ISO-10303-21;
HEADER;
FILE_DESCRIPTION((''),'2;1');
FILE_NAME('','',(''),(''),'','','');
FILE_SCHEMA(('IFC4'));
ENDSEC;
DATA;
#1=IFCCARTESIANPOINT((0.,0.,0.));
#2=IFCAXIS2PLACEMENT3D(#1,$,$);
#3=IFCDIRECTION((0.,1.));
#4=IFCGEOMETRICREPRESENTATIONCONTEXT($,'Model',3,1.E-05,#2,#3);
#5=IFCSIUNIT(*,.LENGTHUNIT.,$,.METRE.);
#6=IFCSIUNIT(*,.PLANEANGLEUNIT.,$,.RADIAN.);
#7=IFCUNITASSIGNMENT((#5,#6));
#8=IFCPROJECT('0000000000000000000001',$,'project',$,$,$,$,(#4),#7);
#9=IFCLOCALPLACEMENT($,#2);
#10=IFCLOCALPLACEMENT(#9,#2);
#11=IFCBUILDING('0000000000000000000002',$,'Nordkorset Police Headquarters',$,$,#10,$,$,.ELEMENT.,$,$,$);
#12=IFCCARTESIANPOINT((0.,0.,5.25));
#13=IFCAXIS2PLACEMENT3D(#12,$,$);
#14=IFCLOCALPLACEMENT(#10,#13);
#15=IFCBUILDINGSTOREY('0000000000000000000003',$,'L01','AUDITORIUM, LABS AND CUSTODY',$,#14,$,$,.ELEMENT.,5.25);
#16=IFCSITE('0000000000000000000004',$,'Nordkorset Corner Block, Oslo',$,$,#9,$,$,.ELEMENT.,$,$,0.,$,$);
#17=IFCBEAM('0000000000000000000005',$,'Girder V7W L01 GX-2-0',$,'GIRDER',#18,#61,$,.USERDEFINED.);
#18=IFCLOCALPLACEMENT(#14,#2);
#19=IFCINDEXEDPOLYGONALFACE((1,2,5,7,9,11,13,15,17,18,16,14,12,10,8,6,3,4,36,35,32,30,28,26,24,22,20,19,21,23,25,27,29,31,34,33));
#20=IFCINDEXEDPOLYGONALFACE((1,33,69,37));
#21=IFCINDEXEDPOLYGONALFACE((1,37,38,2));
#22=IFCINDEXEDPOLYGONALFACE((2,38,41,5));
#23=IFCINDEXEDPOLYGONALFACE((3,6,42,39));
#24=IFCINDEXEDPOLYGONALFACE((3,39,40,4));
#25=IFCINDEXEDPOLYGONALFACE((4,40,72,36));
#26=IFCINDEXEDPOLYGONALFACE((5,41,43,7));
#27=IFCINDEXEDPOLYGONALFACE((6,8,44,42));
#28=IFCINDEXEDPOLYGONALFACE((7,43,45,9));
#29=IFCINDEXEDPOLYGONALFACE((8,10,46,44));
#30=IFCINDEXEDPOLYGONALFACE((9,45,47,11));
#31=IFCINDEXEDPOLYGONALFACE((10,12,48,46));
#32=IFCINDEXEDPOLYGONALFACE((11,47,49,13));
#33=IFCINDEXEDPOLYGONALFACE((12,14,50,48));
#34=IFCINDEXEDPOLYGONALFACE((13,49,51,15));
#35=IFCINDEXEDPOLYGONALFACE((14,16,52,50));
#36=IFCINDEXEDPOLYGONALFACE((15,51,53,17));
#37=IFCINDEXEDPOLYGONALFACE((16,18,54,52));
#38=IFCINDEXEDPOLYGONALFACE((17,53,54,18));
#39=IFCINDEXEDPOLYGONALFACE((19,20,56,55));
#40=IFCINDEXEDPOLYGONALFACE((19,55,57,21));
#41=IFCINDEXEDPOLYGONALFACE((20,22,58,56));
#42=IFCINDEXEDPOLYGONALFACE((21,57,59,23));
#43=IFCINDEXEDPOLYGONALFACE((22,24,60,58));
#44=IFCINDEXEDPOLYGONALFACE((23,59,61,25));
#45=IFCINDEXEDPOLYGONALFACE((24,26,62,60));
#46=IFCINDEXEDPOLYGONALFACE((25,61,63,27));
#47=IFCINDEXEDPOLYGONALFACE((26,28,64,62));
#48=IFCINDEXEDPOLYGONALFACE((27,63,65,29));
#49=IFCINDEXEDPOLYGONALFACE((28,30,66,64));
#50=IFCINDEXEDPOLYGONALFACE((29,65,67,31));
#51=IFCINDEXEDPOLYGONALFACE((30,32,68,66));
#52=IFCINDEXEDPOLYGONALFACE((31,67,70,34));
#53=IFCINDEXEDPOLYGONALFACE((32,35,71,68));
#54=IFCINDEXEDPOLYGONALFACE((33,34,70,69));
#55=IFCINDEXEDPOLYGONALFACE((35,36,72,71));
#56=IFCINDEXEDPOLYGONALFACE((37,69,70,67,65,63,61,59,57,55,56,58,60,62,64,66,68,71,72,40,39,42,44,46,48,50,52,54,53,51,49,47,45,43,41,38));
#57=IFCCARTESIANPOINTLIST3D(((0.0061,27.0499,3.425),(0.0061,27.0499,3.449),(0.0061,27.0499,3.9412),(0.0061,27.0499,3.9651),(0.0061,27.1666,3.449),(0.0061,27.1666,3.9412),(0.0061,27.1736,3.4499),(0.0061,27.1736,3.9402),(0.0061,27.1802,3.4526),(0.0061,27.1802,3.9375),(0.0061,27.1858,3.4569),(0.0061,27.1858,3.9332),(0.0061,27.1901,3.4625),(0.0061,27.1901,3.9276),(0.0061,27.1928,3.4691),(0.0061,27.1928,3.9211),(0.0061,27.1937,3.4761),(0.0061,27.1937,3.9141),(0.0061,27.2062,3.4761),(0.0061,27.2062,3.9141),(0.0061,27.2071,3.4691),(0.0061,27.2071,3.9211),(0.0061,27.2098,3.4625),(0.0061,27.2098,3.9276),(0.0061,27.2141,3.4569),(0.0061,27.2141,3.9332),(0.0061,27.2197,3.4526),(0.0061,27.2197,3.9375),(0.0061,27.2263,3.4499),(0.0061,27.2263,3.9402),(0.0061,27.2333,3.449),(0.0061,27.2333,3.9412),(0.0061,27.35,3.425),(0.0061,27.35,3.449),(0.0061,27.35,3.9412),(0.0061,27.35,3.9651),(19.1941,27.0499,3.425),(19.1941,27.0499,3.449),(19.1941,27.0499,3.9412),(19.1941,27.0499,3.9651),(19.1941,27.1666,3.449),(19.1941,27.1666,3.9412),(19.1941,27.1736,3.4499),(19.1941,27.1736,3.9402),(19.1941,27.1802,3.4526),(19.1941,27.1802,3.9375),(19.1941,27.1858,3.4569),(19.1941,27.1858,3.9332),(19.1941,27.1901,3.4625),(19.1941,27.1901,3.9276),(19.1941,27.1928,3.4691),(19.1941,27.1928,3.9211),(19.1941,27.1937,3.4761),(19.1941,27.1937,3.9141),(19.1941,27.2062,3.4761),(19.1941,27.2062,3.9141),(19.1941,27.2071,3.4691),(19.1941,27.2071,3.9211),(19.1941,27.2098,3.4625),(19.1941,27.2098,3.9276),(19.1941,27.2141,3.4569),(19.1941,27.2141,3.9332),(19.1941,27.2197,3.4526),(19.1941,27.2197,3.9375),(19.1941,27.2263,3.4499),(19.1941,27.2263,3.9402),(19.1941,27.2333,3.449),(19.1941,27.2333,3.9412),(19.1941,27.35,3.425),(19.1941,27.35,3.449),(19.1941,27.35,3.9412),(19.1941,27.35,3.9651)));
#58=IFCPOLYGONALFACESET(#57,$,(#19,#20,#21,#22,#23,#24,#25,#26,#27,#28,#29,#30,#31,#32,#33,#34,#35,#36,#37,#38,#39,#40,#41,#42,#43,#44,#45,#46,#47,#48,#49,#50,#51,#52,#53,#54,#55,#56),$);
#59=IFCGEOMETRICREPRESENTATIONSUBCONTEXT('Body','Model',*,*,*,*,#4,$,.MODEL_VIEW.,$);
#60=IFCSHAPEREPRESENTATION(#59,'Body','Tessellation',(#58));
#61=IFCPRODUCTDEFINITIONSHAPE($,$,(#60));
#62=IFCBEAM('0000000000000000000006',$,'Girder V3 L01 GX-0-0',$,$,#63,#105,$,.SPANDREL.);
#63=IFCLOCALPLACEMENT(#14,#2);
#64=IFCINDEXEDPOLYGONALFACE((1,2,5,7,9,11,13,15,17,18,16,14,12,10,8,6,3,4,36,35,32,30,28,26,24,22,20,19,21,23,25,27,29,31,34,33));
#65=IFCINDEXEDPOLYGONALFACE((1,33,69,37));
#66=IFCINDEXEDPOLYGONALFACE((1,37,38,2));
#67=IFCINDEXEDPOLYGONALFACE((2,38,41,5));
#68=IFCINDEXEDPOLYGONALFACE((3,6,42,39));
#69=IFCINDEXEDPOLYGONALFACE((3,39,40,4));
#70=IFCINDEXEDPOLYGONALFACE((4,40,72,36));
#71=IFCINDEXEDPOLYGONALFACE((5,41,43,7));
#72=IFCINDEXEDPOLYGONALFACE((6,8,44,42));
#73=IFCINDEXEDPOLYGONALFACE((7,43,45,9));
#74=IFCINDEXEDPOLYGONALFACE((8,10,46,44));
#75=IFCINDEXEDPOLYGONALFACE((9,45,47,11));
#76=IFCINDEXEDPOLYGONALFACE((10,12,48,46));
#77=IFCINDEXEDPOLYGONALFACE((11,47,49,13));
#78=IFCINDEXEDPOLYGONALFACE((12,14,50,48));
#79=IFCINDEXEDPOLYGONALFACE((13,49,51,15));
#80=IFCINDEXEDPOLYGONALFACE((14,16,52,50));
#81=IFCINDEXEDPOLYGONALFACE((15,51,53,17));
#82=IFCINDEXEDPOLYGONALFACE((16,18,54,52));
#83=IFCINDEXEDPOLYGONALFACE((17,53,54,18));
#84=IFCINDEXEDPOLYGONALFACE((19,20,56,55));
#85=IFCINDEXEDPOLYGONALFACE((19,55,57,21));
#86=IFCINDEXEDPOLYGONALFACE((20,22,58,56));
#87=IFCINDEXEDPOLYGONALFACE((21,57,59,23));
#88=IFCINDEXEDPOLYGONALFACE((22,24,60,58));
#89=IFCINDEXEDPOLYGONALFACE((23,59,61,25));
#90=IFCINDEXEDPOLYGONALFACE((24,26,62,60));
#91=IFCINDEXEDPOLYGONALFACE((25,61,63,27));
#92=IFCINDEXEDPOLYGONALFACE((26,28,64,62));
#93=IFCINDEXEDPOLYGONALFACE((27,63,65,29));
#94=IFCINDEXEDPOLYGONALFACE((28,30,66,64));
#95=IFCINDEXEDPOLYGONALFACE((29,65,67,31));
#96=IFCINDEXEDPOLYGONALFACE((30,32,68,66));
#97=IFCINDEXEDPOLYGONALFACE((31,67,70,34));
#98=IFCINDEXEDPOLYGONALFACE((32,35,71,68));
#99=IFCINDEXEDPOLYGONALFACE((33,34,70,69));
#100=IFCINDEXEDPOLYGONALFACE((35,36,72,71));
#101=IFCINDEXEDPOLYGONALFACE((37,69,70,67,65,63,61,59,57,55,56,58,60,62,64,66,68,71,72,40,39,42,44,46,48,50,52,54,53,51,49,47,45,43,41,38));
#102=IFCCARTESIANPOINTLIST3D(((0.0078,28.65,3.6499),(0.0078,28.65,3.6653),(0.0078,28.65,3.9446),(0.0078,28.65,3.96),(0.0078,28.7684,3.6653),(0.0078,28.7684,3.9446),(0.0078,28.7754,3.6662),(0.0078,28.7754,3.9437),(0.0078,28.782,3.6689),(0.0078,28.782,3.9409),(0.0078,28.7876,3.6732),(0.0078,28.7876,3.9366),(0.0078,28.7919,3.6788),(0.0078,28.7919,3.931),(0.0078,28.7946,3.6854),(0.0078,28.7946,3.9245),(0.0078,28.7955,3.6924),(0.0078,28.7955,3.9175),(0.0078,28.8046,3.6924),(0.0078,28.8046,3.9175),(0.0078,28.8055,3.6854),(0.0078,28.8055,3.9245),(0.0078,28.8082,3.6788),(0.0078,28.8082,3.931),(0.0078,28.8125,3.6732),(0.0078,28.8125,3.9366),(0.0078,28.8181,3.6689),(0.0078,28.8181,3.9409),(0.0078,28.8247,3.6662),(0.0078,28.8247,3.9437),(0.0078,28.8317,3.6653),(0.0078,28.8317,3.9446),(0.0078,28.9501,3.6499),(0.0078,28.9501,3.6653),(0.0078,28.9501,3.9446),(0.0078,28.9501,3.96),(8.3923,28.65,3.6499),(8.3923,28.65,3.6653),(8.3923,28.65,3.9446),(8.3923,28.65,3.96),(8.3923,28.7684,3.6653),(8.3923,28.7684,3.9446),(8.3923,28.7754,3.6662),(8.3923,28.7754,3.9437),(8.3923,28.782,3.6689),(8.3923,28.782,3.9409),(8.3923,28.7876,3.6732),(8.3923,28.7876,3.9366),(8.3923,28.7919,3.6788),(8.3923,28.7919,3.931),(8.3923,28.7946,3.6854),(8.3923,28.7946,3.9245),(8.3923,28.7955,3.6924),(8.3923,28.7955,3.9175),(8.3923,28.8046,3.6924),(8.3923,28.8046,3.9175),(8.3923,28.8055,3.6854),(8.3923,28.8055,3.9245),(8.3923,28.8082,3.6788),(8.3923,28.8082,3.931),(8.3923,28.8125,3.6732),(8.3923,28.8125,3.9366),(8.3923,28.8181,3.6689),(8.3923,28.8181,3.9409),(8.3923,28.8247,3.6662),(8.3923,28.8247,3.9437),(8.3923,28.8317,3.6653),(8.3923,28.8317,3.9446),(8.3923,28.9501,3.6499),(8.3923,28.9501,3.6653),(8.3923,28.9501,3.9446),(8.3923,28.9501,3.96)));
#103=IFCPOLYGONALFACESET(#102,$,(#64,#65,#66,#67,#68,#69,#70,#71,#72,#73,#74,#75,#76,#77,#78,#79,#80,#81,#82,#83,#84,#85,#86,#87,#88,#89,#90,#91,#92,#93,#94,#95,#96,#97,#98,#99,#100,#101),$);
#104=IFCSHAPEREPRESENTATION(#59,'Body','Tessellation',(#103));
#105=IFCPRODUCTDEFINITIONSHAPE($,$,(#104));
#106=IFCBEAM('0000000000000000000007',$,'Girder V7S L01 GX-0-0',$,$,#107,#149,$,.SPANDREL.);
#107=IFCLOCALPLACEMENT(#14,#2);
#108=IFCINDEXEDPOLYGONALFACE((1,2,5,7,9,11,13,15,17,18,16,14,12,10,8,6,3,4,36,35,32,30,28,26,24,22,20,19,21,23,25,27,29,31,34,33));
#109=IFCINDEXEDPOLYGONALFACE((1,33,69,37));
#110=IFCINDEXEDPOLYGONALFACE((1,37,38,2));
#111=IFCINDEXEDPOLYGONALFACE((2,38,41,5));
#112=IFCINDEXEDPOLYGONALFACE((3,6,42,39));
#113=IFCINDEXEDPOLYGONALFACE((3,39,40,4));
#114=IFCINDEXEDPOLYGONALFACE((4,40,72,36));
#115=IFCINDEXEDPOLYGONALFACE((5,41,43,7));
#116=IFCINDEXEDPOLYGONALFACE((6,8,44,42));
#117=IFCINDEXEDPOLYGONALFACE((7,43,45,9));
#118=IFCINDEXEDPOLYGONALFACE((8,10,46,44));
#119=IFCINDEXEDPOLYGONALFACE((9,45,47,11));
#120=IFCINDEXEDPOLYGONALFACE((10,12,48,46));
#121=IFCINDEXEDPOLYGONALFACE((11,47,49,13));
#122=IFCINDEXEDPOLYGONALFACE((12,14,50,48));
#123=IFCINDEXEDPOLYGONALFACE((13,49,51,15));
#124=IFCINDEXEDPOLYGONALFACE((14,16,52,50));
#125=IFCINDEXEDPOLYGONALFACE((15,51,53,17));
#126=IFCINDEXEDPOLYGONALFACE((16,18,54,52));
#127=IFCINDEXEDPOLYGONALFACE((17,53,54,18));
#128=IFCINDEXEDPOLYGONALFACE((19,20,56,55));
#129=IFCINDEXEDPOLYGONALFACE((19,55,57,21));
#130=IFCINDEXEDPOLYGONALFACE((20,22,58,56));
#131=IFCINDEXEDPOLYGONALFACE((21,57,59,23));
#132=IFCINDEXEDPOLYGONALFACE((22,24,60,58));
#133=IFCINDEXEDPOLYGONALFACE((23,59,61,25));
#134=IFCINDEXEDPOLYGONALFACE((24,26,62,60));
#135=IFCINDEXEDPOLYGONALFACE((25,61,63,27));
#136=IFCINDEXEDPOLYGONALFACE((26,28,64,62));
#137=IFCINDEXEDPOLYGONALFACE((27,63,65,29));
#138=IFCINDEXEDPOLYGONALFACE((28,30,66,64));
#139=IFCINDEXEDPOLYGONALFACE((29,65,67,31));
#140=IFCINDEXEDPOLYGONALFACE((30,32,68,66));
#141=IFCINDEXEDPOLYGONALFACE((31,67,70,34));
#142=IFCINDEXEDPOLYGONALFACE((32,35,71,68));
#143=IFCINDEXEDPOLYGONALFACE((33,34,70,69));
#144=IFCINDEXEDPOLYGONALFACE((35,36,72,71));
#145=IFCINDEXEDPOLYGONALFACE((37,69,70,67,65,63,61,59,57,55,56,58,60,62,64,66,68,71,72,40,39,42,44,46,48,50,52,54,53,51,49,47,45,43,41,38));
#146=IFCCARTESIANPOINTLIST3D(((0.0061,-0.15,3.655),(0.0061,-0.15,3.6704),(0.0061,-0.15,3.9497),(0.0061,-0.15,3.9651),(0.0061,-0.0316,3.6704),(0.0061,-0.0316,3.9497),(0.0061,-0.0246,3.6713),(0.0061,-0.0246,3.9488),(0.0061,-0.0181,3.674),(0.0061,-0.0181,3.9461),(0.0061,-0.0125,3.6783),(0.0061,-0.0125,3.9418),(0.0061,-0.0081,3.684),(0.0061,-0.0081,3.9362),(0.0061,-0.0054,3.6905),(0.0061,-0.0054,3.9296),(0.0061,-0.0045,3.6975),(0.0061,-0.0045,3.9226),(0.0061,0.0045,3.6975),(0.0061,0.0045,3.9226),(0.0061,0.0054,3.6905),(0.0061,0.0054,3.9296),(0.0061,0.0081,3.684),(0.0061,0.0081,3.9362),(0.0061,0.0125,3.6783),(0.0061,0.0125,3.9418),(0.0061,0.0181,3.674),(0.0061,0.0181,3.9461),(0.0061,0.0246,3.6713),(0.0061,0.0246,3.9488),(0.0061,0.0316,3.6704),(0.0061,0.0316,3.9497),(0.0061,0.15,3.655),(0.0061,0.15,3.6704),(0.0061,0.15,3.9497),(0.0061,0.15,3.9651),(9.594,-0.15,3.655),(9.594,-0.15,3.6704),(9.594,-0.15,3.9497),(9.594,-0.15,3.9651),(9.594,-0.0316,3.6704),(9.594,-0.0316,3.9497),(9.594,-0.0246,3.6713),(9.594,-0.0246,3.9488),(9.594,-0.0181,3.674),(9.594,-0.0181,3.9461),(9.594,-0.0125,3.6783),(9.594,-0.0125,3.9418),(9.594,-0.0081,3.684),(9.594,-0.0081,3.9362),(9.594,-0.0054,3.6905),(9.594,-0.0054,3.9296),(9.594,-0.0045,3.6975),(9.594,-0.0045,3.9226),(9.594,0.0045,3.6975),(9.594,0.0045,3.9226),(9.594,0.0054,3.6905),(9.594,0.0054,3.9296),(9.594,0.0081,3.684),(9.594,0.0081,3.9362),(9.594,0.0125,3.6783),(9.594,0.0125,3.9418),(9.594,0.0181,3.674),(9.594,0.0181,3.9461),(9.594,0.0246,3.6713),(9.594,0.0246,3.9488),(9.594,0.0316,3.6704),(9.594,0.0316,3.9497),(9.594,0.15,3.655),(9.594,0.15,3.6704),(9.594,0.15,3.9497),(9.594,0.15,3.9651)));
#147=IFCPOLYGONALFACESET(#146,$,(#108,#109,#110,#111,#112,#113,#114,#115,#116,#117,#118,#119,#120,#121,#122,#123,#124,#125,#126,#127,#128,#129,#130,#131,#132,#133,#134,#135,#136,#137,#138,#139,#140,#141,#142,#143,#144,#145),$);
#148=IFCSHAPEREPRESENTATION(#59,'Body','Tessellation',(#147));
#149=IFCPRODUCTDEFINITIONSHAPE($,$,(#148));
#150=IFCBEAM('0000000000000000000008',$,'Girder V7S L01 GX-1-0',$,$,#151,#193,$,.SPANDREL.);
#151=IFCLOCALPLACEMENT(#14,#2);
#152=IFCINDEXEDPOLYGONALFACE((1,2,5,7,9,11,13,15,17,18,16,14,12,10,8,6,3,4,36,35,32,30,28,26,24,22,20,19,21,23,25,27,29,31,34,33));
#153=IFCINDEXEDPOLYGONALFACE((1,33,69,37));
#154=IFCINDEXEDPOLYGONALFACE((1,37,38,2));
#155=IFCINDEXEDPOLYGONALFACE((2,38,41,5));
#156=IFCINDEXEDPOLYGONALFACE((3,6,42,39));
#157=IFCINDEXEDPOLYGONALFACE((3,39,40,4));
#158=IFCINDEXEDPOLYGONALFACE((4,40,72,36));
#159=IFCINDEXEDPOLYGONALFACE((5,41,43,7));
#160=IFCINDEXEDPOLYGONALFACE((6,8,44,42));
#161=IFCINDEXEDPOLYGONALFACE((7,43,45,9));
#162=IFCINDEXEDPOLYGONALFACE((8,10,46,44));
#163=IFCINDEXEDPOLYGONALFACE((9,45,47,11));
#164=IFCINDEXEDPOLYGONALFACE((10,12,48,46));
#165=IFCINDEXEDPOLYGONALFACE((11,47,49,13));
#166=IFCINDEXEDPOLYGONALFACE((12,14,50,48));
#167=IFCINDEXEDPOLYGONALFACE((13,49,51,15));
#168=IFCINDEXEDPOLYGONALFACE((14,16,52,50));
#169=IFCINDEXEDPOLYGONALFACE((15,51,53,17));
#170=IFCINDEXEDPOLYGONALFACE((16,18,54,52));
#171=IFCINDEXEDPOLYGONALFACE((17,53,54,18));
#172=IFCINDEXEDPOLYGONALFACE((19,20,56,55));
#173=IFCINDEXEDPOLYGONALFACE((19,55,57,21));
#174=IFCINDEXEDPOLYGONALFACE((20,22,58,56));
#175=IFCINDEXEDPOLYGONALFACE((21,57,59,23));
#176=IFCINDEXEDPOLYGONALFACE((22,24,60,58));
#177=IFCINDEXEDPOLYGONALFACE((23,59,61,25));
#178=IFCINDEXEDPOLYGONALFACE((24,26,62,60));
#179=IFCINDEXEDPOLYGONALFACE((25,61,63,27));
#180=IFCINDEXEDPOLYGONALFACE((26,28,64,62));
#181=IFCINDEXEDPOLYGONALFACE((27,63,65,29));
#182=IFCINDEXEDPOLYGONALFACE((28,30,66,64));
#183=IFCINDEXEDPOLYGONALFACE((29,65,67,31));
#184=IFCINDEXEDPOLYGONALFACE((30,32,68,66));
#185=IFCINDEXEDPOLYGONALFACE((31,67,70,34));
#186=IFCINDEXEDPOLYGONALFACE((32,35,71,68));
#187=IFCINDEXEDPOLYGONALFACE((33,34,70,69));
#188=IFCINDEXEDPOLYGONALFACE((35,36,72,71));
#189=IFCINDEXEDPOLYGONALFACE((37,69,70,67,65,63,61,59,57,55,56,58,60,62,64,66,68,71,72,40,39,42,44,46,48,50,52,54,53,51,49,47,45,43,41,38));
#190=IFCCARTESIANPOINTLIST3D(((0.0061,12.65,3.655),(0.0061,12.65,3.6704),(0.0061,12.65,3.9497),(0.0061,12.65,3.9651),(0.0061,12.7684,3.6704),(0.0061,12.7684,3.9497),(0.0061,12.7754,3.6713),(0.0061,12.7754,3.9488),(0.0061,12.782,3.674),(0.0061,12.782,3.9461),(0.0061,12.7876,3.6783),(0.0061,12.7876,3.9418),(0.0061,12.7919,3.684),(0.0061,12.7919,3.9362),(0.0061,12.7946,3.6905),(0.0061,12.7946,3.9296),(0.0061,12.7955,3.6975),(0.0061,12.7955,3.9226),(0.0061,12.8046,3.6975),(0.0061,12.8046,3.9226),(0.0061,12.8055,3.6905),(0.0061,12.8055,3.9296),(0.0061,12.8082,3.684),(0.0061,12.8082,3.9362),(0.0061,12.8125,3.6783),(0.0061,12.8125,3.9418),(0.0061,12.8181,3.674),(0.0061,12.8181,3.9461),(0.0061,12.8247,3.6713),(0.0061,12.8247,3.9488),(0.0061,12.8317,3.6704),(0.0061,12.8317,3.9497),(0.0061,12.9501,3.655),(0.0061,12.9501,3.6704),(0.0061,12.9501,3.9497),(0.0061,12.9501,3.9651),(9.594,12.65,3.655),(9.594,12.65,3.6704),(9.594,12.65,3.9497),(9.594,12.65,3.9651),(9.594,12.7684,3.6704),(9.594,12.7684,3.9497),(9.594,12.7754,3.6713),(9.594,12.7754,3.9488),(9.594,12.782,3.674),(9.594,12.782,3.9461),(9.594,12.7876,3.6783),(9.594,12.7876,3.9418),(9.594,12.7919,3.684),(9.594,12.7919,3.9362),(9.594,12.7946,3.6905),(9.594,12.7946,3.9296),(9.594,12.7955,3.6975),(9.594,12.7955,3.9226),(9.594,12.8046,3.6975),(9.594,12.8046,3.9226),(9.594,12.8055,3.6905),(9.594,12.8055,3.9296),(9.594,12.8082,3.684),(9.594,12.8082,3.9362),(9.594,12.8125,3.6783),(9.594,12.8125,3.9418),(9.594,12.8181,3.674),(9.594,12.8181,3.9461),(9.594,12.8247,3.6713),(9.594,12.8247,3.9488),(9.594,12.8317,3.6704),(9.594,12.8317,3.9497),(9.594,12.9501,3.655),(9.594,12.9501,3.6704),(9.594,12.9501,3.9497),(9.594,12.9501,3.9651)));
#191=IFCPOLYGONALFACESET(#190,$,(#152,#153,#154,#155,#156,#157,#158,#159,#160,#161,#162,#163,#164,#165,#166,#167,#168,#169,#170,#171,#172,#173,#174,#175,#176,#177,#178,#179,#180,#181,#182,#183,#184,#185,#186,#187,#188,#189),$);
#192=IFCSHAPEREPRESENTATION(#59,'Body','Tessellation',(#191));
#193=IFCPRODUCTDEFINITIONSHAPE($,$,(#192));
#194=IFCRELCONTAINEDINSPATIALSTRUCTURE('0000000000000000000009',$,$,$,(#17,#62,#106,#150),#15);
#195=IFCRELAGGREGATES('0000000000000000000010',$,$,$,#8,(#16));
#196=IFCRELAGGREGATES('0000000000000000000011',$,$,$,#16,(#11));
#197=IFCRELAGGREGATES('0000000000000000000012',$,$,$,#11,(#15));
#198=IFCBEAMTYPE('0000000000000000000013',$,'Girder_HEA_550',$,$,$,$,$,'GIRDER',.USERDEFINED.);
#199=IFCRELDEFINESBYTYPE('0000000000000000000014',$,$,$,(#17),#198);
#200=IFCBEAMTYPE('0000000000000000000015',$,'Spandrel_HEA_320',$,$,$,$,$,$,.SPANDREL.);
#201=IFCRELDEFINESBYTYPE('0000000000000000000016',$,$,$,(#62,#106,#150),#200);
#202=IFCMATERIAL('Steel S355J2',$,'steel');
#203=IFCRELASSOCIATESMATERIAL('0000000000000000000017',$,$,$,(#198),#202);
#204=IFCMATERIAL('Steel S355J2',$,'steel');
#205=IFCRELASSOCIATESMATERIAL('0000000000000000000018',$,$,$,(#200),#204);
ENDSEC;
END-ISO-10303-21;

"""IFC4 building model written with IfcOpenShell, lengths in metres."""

from ifc_helpers import new_model, si_unit, direction, frame, origin, origin_2d, place, context, subcontext, project, spatial, i_section, extrude, material, material_profile, profile_set, type_object, element, save


model = new_model("IFC4")

# Units and contexts
model_context = context("Model", 3, precision=1e-05, world=origin(), true_north=direction((0.0, 1.0)))
body_context = subcontext(model_context, "Body", "Model", "MODEL_VIEW")
ifc_project = project(units=[si_unit("LENGTHUNIT", "METRE"), si_unit("PLANEANGLEUNIT", "RADIAN")], contexts=[model_context])

# Site, building, storey
site_placement = place(None, origin())
site = spatial("IfcSite", under=ifc_project, at=site_placement, Name="Nordkorset Corner Block, Oslo", CompositionType="ELEMENT", RefElevation=0.0)
building_placement = place(site_placement, origin())
building = spatial("IfcBuilding", under=site, at=building_placement, Name="Nordkorset Police Headquarters", CompositionType="ELEMENT")
storey_placement = place(building_placement, frame((0.0, 0.0, 5.25)))
storey = spatial("IfcBuildingStorey", under=building, at=storey_placement, Name="L01", Description="AUDITORIUM, LABS AND CUSTODY", CompositionType="ELEMENT", Elevation=5.25)

# Beams
ifc_material_1 = material(Name="Steel S355J2", Category="steel")
ifc_material_profile_1 = material_profile(ifc_material_1, i_section(OverallWidth=0.3, OverallDepth=0.54, WebThickness=0.0125, FlangeThickness=0.0239, FilletRadius=0.0271, at=origin_2d()), Name="HEA 550")
ifc_profile_set_1 = profile_set([ifc_material_profile_1], Name="Steel S355J2")
beam_type_1 = type_object("IfcBeamType", Name="Girder_HEA_550", ElementType="GIRDER", PredefinedType="USERDEFINED", material=ifc_profile_set_1)
for number, where, z_axis, x_axis, name in (
    (1, (0.0061, 27.2, 3.6951), (1.0, 0.0, 0.0), (0.0, 1.0, 0.0), "Girder V7W L01 GX-2-0"),
):
    element("IfcBeam", number, at=place(storey_placement, frame(where, z_axis=z_axis, x_axis=x_axis)), inside=storey, type_object=beam_type_1, Name=name, ObjectType="GIRDER", PredefinedType="USERDEFINED", context=body_context, shape_type="SweptSolid", body=[
        extrude(i_section(OverallWidth=0.3, OverallDepth=0.54, WebThickness=0.0125, FlangeThickness=0.0239, FilletRadius=0.0271, at=origin_2d()), origin(), (0.0, 0.0, 1.0), 19.188),
    ])
ifc_material_2 = material(Name="Steel S355J2", Category="steel")
ifc_material_profile_2 = material_profile(ifc_material_2, i_section(OverallWidth=0.3, OverallDepth=0.3101, WebThickness=0.009, FlangeThickness=0.0154, FilletRadius=0.0271, at=origin_2d()), Name="HEA 320")
ifc_profile_set_2 = profile_set([ifc_material_profile_2], Name="Steel S355J2")
beam_type_2 = type_object("IfcBeamType", Name="Spandrel_HEA_320", PredefinedType="SPANDREL", material=ifc_profile_set_2)
beam_1_placement = place(storey_placement, frame((0.0078, 28.8, 3.8049), z_axis=(1.0, 0.0, 0.0), x_axis=(0.0, 1.0, 0.0)))
element("IfcBeam", 2, at=beam_1_placement, inside=storey, type_object=beam_type_2, Name="Girder V3 L01 GX-0-0", PredefinedType="SPANDREL", context=body_context, shape_type="SweptSolid", body=[
    extrude(i_section(OverallWidth=0.3, OverallDepth=0.3101, WebThickness=0.009, FlangeThickness=0.0154, FilletRadius=0.0271, at=origin_2d()), origin(), (0.0, 0.0, 1.0), 8.3845),
])
for number, where, z_axis, x_axis, name in (
    (3, (0.0061, 0.0, 3.8101), (1.0, 0.0, 0.0), (0.0, 1.0, 0.0), "Girder V7S L01 GX-0-0"),
    (4, (0.0061, 12.8, 3.8101), (1.0, 0.0, 0.0), (0.0, 1.0, 0.0), "Girder V7S L01 GX-1-0"),
):
    element("IfcBeam", number, at=place(storey_placement, frame(where, z_axis=z_axis, x_axis=x_axis)), inside=storey, type_object=beam_type_2, Name=name, PredefinedType="SPANDREL", context=body_context, shape_type="SweptSolid", body=[
        extrude(i_section(OverallWidth=0.3, OverallDepth=0.3101, WebThickness=0.009, FlangeThickness=0.0154, FilletRadius=0.0271, at=origin_2d()), origin(), (0.0, 0.0, 1.0), 9.5879),
    ])

save(model, "model.ifc")
